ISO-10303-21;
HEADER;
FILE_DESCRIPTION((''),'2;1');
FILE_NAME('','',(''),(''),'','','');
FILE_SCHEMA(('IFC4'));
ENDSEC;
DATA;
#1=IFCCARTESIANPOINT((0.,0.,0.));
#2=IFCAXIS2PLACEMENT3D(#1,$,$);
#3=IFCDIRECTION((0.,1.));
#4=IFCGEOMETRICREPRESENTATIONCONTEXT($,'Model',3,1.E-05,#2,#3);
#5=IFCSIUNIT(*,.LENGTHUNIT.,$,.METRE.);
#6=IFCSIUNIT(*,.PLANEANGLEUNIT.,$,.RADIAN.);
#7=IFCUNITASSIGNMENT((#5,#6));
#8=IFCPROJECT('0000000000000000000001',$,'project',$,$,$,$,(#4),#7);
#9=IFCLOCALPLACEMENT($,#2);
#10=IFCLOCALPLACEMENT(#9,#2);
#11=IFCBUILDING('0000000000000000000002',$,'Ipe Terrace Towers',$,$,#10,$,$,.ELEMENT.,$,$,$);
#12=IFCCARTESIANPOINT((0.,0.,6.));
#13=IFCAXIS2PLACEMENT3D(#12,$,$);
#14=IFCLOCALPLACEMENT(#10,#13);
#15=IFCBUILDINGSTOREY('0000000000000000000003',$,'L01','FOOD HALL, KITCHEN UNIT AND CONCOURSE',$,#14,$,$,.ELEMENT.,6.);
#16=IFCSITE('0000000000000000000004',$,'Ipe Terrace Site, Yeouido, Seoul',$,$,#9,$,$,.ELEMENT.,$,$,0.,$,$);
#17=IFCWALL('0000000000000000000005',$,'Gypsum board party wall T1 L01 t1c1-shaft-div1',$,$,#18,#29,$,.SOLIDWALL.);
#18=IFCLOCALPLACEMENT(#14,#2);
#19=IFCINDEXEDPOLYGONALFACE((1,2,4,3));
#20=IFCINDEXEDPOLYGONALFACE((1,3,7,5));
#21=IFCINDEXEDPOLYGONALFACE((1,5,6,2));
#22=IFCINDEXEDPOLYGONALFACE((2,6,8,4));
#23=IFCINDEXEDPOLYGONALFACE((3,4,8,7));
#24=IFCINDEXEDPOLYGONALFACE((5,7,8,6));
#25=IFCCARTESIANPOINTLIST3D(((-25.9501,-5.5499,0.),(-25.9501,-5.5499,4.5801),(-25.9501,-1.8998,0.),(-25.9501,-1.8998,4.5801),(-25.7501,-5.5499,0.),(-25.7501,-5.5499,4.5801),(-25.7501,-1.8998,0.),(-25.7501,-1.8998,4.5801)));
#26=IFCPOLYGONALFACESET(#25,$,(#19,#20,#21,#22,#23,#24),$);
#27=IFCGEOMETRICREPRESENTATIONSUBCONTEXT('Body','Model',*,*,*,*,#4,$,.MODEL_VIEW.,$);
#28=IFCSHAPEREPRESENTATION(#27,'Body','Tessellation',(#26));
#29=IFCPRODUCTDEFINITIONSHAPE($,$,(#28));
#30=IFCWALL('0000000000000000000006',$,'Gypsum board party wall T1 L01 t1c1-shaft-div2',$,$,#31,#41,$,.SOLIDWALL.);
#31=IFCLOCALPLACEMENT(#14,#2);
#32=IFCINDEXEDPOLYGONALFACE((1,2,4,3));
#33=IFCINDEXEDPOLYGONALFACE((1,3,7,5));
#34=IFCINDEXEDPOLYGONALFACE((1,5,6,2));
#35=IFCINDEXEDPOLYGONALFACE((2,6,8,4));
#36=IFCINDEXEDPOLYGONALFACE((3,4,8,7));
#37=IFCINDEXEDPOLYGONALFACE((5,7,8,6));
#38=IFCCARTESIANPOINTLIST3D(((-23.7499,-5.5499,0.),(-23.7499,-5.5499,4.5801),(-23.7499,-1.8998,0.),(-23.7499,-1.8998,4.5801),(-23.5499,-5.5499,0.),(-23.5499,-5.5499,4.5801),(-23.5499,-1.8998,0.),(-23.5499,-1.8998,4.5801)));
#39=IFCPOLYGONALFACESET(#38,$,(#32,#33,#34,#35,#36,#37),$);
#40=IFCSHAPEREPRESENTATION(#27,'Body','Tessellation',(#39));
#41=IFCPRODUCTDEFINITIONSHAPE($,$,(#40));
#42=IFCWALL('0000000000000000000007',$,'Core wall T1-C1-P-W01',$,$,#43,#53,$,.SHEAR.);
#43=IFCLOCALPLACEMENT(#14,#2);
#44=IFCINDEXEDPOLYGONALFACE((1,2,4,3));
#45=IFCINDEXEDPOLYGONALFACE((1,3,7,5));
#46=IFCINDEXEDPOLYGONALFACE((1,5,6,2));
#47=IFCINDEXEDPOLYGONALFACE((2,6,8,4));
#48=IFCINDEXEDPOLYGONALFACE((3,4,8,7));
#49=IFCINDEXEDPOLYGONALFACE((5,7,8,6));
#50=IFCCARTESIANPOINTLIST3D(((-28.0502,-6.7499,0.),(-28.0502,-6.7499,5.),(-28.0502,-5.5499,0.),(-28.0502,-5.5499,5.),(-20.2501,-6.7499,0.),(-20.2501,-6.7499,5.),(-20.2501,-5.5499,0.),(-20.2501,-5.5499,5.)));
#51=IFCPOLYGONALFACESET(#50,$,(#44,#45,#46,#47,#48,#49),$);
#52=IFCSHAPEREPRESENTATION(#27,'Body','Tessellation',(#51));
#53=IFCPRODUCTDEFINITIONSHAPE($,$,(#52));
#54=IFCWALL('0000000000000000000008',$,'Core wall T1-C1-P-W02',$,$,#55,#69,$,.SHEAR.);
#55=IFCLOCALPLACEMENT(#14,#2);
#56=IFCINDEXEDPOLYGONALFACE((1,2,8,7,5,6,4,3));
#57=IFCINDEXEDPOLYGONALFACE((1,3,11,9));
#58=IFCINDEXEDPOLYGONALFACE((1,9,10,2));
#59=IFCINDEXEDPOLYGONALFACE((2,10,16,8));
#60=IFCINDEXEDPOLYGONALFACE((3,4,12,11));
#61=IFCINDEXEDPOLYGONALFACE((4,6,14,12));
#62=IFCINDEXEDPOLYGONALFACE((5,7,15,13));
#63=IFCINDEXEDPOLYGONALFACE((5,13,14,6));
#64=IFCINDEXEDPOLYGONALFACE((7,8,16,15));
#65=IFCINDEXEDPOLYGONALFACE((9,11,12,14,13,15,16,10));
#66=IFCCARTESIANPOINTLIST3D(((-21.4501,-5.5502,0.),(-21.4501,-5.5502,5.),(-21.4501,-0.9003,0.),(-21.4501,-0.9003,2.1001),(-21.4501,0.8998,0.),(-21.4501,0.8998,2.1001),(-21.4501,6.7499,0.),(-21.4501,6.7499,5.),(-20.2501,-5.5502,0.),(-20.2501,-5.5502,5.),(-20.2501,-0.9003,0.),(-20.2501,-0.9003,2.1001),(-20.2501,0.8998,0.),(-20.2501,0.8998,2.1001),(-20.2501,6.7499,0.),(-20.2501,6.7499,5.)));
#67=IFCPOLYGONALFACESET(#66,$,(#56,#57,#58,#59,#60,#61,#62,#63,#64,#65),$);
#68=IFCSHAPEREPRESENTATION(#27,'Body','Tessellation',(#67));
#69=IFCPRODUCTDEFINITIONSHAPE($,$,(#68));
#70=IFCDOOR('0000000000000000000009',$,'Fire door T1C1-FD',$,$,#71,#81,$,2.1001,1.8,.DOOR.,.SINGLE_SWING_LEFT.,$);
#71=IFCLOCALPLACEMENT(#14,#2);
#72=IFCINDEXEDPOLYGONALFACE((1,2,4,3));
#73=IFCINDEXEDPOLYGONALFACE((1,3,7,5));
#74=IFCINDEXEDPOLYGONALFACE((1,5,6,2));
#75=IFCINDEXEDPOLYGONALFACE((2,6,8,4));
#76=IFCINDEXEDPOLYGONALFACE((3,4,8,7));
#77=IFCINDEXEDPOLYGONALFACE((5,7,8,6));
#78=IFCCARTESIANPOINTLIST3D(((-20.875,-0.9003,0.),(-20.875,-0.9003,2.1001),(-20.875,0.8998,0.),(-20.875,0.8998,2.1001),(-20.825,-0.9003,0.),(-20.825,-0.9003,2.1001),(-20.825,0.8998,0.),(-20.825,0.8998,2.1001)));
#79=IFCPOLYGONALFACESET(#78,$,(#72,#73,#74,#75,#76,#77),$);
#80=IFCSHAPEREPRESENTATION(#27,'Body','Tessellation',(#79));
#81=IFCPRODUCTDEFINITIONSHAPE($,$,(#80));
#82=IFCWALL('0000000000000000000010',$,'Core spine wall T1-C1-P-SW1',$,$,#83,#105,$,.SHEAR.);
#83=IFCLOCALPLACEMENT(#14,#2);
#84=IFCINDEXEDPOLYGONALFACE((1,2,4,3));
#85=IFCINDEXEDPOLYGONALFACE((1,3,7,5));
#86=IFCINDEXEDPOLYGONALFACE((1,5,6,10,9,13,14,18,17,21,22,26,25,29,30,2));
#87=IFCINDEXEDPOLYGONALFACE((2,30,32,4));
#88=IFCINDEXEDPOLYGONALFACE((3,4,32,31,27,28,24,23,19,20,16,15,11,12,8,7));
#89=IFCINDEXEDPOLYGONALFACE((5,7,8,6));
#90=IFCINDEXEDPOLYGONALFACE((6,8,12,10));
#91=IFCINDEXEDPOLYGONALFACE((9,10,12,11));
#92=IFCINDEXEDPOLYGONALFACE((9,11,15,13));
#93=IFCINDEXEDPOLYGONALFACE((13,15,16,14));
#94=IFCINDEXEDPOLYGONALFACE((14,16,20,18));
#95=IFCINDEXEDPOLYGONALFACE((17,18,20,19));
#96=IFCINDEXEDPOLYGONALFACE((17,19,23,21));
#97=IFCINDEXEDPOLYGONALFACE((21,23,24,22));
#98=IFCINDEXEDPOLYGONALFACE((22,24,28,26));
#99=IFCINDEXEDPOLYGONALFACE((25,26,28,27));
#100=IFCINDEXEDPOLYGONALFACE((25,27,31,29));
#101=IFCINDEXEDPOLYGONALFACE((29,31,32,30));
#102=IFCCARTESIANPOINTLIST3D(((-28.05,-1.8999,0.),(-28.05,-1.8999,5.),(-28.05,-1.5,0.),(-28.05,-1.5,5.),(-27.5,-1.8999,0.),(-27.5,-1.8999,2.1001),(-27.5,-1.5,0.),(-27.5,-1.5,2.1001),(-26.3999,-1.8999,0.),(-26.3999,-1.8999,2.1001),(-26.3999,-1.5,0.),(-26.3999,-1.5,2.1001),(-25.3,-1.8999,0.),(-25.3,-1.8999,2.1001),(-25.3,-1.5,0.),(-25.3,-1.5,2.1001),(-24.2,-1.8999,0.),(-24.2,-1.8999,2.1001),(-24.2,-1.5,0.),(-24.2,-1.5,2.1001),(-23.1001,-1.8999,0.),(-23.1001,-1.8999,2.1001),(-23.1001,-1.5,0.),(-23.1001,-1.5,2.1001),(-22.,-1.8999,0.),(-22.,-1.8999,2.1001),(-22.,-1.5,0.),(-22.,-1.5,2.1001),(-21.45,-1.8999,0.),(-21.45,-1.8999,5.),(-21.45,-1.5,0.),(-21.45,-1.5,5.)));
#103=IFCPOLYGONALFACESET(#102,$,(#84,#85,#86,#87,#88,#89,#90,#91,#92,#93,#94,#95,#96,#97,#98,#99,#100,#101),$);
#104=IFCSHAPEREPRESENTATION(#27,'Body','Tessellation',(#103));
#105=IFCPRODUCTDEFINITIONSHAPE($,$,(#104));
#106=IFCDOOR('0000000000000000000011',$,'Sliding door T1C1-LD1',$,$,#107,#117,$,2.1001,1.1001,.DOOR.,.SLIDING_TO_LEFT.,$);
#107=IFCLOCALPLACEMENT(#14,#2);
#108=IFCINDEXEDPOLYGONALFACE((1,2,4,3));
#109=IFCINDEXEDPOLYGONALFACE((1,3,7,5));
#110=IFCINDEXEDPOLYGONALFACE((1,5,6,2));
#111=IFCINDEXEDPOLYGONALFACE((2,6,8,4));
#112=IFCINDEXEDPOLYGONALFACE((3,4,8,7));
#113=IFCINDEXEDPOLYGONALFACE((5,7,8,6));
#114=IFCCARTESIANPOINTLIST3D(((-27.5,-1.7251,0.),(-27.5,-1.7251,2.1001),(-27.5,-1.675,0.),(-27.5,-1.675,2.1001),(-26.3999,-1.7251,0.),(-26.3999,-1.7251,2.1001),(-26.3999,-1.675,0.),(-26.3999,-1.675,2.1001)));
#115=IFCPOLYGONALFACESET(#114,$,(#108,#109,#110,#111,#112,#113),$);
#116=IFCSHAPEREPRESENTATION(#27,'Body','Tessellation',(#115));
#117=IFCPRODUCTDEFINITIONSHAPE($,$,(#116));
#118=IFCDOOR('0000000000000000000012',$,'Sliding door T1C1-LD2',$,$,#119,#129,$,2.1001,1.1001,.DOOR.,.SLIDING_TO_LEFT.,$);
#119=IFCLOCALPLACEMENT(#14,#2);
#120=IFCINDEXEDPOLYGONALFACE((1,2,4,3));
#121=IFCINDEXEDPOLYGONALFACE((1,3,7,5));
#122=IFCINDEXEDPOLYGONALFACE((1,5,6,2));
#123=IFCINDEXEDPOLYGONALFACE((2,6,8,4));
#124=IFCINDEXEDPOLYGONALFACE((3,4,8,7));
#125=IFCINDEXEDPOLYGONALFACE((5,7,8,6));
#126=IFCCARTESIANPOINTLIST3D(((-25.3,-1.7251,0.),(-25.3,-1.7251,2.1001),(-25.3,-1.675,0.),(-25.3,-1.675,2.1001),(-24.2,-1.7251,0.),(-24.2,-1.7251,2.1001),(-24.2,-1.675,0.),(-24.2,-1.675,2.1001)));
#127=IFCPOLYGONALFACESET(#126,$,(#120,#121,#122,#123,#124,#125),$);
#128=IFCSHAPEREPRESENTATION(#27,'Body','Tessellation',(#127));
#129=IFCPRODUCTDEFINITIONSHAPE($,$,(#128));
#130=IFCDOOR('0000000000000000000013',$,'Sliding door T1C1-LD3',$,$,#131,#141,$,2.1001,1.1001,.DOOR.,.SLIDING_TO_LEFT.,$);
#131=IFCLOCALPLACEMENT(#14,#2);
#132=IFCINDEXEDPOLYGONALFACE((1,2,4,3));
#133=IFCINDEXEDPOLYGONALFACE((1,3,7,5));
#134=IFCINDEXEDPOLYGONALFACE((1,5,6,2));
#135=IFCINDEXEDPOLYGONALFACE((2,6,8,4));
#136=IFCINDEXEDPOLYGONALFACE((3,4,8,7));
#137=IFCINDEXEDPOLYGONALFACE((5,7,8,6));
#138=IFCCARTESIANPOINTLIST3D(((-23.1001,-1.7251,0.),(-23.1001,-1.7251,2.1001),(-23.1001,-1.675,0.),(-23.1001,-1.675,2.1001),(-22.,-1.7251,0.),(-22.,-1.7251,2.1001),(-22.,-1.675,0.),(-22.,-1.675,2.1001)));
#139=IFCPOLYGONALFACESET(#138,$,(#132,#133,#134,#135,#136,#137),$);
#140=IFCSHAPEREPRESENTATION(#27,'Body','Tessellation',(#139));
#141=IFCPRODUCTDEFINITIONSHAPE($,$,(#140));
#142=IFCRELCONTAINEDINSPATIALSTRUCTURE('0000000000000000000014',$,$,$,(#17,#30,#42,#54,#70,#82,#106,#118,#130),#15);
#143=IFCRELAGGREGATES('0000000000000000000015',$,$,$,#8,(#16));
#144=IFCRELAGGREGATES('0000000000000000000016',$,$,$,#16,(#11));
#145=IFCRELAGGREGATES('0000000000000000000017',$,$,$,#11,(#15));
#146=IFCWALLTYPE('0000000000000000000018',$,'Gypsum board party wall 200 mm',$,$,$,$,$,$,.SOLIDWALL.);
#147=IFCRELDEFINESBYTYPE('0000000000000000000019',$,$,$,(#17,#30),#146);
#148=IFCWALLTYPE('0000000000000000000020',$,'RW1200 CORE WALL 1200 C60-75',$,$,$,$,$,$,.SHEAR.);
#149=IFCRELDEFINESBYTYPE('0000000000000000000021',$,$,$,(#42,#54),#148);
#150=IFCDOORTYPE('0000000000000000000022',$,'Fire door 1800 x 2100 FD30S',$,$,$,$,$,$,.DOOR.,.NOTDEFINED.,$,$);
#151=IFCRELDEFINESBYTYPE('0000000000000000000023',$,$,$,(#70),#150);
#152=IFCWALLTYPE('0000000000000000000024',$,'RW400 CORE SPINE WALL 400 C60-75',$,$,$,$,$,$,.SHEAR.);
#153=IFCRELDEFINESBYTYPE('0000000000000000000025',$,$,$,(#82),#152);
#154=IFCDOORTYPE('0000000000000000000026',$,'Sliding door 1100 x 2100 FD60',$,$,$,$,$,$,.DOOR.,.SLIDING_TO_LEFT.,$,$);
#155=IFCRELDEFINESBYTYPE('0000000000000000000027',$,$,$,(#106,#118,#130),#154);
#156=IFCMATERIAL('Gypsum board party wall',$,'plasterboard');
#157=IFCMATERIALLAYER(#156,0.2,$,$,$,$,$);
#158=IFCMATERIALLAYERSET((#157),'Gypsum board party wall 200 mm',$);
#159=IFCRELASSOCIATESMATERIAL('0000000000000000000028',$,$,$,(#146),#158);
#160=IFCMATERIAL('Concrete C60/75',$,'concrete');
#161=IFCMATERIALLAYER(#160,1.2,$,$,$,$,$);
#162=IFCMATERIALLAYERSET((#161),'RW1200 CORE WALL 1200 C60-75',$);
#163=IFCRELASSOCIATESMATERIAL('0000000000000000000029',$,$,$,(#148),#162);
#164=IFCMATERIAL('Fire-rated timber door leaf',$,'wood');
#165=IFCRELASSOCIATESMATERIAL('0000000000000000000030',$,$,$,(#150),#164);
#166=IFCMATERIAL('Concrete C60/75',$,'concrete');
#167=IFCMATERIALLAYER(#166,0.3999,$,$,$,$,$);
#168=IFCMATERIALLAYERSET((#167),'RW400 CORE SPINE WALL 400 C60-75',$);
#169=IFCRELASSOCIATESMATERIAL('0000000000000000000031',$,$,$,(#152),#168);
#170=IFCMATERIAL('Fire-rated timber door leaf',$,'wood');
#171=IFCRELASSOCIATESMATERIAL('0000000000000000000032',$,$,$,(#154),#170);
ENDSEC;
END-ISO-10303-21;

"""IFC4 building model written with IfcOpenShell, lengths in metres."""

from ifc_helpers import new_model, si_unit, direction, frame, frame_2d, origin, place, context, subcontext, project, spatial, rectangle, extrude, material, layer, layer_set, type_object, element, fill, save


model = new_model("IFC4")

# Units and contexts
model_context = context("Model", 3, precision=1e-05, world=origin(), true_north=direction((0.0, 1.0)))
body_context = subcontext(model_context, "Body", "Model", "MODEL_VIEW")
ifc_project = project(units=[si_unit("LENGTHUNIT", "METRE"), si_unit("PLANEANGLEUNIT", "RADIAN")], contexts=[model_context])

# Site, building, storey
site_placement = place(None, origin())
site = spatial("IfcSite", under=ifc_project, at=site_placement, Name="Ipe Terrace Site, Yeouido, Seoul", CompositionType="ELEMENT", RefElevation=0.0)
building_placement = place(site_placement, origin())
building = spatial("IfcBuilding", under=site, at=building_placement, Name="Ipe Terrace Towers", CompositionType="ELEMENT")
storey_placement = place(building_placement, frame((0.0, 0.0, 6.0)))
storey = spatial("IfcBuildingStorey", under=building, at=storey_placement, Name="L01", Description="FOOD HALL, KITCHEN UNIT AND CONCOURSE", CompositionType="ELEMENT", Elevation=6.0)

# Walls
ifc_material_1 = material(Name="Gypsum board party wall", Category="plasterboard")
ifc_layer_1 = layer(ifc_material_1, 0.2)
ifc_layer_set_1 = layer_set([ifc_layer_1], Name="Gypsum board party wall 200 mm")
wall_type_1 = type_object("IfcWallType", Name="Gypsum board party wall 200 mm", PredefinedType="SOLIDWALL", material=ifc_layer_set_1)
for number, where, z_axis, x_axis, name in (
    (1, (-25.8501, -5.55, 0.0), (0.0, 0.0, 1.0), (0.0, 1.0, 0.0), "Gypsum board party wall T1 L01 t1c1-shaft-div1"),
    (2, (-23.6499, -5.55, 0.0), (0.0, 0.0, 1.0), (0.0, 1.0, 0.0), "Gypsum board party wall T1 L01 t1c1-shaft-div2"),
):
    element("IfcWall", number, at=place(storey_placement, frame(where, z_axis=z_axis, x_axis=x_axis)), inside=storey, type_object=wall_type_1, Name=name, PredefinedType="SOLIDWALL", context=body_context, shape_type="SweptSolid", body=[
        extrude(rectangle(XDim=3.6501, YDim=0.2, at=frame_2d((1.8252, 0.0))), origin(), (0.0, 0.0, 1.0), 4.5801),
    ])
ifc_material_2 = material(Name="Concrete C60/75", Category="concrete")
ifc_layer_2 = layer(ifc_material_2, 1.2)
ifc_layer_set_2 = layer_set([ifc_layer_2], Name="RW1200 CORE WALL 1200 C60-75")
wall_type_2 = type_object("IfcWallType", Name="RW1200 CORE WALL 1200 C60-75", PredefinedType="SHEAR", material=ifc_layer_set_2)
wall_1_placement = place(storey_placement, frame((-28.05, -6.1499, 0.0), z_axis=(0.0, 0.0, 1.0), x_axis=(1.0, 0.0, 0.0)))
element("IfcWall", 3, at=wall_1_placement, inside=storey, type_object=wall_type_2, Name="Core wall T1-C1-P-W01", PredefinedType="SHEAR", context=body_context, shape_type="SweptSolid", body=[
    extrude(rectangle(XDim=7.8, YDim=1.2, at=frame_2d((3.8999, 0.0))), origin(), (0.0, 0.0, 1.0), 5.0),
])

# Wall, opening, door
wall_2_placement = place(storey_placement, frame((-20.8501, -5.55, 0.0), z_axis=(0.0, 0.0, 1.0), x_axis=(0.0, 1.0, 0.0)))
wall_2 = element("IfcWall", 4, at=wall_2_placement, inside=storey, type_object=wall_type_2, Name="Core wall T1-C1-P-W02", PredefinedType="SHEAR", context=body_context, shape_type="SweptSolid", body=[
    extrude(rectangle(XDim=12.3, YDim=1.2, at=frame_2d((6.1499, 0.0))), origin(), (0.0, 0.0, 1.0), 5.0),
])
opening_1_placement = place(wall_2_placement, frame((4.6499, 0.0, 0.0)))
opening_1 = element("IfcOpeningElement", 5, at=opening_1_placement, cuts=wall_2, PredefinedType="OPENING", context=body_context, shape_type="SweptSolid", body=[
    extrude(rectangle(XDim=1.8, YDim=2.1001, at=frame_2d((0.8999, 1.05))), frame((0.0, 0.6099, 0.0), z_axis=(0.0, -1.0, 0.0), x_axis=(1.0, 0.0, 0.0)), (0.0, 0.0, 1.0), 1.22),
])
ifc_material_3 = material(Name="Fire-rated timber door leaf", Category="wood")
door_type_1 = type_object("IfcDoorType", Name="Fire door 1800 x 2100 FD30S", OperationType="NOTDEFINED", PredefinedType="DOOR", material=ifc_material_3)
door_1_placement = place(opening_1_placement, origin())
door_1 = element("IfcDoor", 6, at=door_1_placement, inside=storey, type_object=door_type_1, Name="Fire door T1C1-FD", OperationType="SINGLE_SWING_LEFT", OverallHeight=2.1001, OverallWidth=1.8, PredefinedType="DOOR", context=body_context, shape_type="SweptSolid", body=[
    extrude(rectangle(XDim=1.8, YDim=2.1001, at=frame_2d((0.8999, 1.05))), frame((0.0, 0.0249, 0.0), z_axis=(0.0, -1.0, 0.0), x_axis=(1.0, 0.0, 0.0)), (0.0, 0.0, 1.0), 0.05),
])
fill(opening_1, door_1)

# Wall, openings, doors
ifc_material_4 = material(Name="Concrete C60/75", Category="concrete")
ifc_layer_3 = layer(ifc_material_4, 0.3999)
ifc_layer_set_3 = layer_set([ifc_layer_3], Name="RW400 CORE SPINE WALL 400 C60-75")
wall_type_3 = type_object("IfcWallType", Name="RW400 CORE SPINE WALL 400 C60-75", PredefinedType="SHEAR", material=ifc_layer_set_3)
wall_3_placement = place(storey_placement, frame((-28.05, -1.7, 0.0), z_axis=(0.0, 0.0, 1.0), x_axis=(1.0, 0.0, 0.0)))
wall_3 = element("IfcWall", 7, at=wall_3_placement, inside=storey, type_object=wall_type_3, Name="Core spine wall T1-C1-P-SW1", PredefinedType="SHEAR", context=body_context, shape_type="SweptSolid", body=[
    extrude(rectangle(XDim=6.6001, YDim=0.3999, at=frame_2d((3.3, 0.0))), origin(), (0.0, 0.0, 1.0), 5.0),
])
opening_2_placement = place(wall_3_placement, frame((0.55, 0.0, 0.0)))
opening_2 = element("IfcOpeningElement", 8, at=opening_2_placement, cuts=wall_3, PredefinedType="OPENING", context=body_context, shape_type="SweptSolid", body=[
    extrude(rectangle(XDim=1.1001, YDim=2.1001, at=frame_2d((0.55, 1.05))), frame((0.0, 0.21, 0.0), z_axis=(0.0, -1.0, 0.0), x_axis=(1.0, 0.0, 0.0)), (0.0, 0.0, 1.0), 0.4199),
])
opening_3_placement = place(wall_3_placement, frame((2.75, 0.0, 0.0)))
opening_3 = element("IfcOpeningElement", 9, at=opening_3_placement, cuts=wall_3, PredefinedType="OPENING", context=body_context, shape_type="SweptSolid", body=[
    extrude(rectangle(XDim=1.1001, YDim=2.1001, at=frame_2d((0.55, 1.05))), frame((0.0, 0.21, 0.0), z_axis=(0.0, -1.0, 0.0), x_axis=(1.0, 0.0, 0.0)), (0.0, 0.0, 1.0), 0.4199),
])
opening_4_placement = place(wall_3_placement, frame((4.95, 0.0, 0.0)))
opening_4 = element("IfcOpeningElement", 10, at=opening_4_placement, cuts=wall_3, PredefinedType="OPENING", context=body_context, shape_type="SweptSolid", body=[
    extrude(rectangle(XDim=1.1001, YDim=2.1001, at=frame_2d((0.55, 1.05))), frame((0.0, 0.21, 0.0), z_axis=(0.0, -1.0, 0.0), x_axis=(1.0, 0.0, 0.0)), (0.0, 0.0, 1.0), 0.4199),
])
ifc_material_5 = material(Name="Fire-rated timber door leaf", Category="wood")
door_type_2 = type_object("IfcDoorType", Name="Sliding door 1100 x 2100 FD60", OperationType="SLIDING_TO_LEFT", PredefinedType="DOOR", material=ifc_material_5)
door_2_placement = place(opening_2_placement, origin())
door_2 = element("IfcDoor", 11, at=door_2_placement, inside=storey, type_object=door_type_2, Name="Sliding door T1C1-LD1", OperationType="SLIDING_TO_LEFT", OverallHeight=2.1001, OverallWidth=1.1001, PredefinedType="DOOR", context=body_context, shape_type="SweptSolid", body=[
    extrude(rectangle(XDim=1.1001, YDim=2.1001, at=frame_2d((0.55, 1.05))), frame((0.0, 0.0249, 0.0), z_axis=(0.0, -1.0, 0.0), x_axis=(1.0, 0.0, 0.0)), (0.0, 0.0, 1.0), 0.05),
])
fill(opening_2, door_2)
door_3_placement = place(opening_3_placement, origin())
door_3 = element("IfcDoor", 12, at=door_3_placement, inside=storey, type_object=door_type_2, Name="Sliding door T1C1-LD2", OperationType="SLIDING_TO_LEFT", OverallHeight=2.1001, OverallWidth=1.1001, PredefinedType="DOOR", context=body_context, shape_type="SweptSolid", body=[
    extrude(rectangle(XDim=1.1001, YDim=2.1001, at=frame_2d((0.55, 1.05))), frame((0.0, 0.0249, 0.0), z_axis=(0.0, -1.0, 0.0), x_axis=(1.0, 0.0, 0.0)), (0.0, 0.0, 1.0), 0.05),
])
fill(opening_3, door_3)
door_4_placement = place(opening_4_placement, origin())
door_4 = element("IfcDoor", 13, at=door_4_placement, inside=storey, type_object=door_type_2, Name="Sliding door T1C1-LD3", OperationType="SLIDING_TO_LEFT", OverallHeight=2.1001, OverallWidth=1.1001, PredefinedType="DOOR", context=body_context, shape_type="SweptSolid", body=[
    extrude(rectangle(XDim=1.1001, YDim=2.1001, at=frame_2d((0.55, 1.05))), frame((0.0, 0.0249, 0.0), z_axis=(0.0, -1.0, 0.0), x_axis=(1.0, 0.0, 0.0)), (0.0, 0.0, 1.0), 0.05),
])
fill(opening_4, door_4)

save(model, "model.ifc")
